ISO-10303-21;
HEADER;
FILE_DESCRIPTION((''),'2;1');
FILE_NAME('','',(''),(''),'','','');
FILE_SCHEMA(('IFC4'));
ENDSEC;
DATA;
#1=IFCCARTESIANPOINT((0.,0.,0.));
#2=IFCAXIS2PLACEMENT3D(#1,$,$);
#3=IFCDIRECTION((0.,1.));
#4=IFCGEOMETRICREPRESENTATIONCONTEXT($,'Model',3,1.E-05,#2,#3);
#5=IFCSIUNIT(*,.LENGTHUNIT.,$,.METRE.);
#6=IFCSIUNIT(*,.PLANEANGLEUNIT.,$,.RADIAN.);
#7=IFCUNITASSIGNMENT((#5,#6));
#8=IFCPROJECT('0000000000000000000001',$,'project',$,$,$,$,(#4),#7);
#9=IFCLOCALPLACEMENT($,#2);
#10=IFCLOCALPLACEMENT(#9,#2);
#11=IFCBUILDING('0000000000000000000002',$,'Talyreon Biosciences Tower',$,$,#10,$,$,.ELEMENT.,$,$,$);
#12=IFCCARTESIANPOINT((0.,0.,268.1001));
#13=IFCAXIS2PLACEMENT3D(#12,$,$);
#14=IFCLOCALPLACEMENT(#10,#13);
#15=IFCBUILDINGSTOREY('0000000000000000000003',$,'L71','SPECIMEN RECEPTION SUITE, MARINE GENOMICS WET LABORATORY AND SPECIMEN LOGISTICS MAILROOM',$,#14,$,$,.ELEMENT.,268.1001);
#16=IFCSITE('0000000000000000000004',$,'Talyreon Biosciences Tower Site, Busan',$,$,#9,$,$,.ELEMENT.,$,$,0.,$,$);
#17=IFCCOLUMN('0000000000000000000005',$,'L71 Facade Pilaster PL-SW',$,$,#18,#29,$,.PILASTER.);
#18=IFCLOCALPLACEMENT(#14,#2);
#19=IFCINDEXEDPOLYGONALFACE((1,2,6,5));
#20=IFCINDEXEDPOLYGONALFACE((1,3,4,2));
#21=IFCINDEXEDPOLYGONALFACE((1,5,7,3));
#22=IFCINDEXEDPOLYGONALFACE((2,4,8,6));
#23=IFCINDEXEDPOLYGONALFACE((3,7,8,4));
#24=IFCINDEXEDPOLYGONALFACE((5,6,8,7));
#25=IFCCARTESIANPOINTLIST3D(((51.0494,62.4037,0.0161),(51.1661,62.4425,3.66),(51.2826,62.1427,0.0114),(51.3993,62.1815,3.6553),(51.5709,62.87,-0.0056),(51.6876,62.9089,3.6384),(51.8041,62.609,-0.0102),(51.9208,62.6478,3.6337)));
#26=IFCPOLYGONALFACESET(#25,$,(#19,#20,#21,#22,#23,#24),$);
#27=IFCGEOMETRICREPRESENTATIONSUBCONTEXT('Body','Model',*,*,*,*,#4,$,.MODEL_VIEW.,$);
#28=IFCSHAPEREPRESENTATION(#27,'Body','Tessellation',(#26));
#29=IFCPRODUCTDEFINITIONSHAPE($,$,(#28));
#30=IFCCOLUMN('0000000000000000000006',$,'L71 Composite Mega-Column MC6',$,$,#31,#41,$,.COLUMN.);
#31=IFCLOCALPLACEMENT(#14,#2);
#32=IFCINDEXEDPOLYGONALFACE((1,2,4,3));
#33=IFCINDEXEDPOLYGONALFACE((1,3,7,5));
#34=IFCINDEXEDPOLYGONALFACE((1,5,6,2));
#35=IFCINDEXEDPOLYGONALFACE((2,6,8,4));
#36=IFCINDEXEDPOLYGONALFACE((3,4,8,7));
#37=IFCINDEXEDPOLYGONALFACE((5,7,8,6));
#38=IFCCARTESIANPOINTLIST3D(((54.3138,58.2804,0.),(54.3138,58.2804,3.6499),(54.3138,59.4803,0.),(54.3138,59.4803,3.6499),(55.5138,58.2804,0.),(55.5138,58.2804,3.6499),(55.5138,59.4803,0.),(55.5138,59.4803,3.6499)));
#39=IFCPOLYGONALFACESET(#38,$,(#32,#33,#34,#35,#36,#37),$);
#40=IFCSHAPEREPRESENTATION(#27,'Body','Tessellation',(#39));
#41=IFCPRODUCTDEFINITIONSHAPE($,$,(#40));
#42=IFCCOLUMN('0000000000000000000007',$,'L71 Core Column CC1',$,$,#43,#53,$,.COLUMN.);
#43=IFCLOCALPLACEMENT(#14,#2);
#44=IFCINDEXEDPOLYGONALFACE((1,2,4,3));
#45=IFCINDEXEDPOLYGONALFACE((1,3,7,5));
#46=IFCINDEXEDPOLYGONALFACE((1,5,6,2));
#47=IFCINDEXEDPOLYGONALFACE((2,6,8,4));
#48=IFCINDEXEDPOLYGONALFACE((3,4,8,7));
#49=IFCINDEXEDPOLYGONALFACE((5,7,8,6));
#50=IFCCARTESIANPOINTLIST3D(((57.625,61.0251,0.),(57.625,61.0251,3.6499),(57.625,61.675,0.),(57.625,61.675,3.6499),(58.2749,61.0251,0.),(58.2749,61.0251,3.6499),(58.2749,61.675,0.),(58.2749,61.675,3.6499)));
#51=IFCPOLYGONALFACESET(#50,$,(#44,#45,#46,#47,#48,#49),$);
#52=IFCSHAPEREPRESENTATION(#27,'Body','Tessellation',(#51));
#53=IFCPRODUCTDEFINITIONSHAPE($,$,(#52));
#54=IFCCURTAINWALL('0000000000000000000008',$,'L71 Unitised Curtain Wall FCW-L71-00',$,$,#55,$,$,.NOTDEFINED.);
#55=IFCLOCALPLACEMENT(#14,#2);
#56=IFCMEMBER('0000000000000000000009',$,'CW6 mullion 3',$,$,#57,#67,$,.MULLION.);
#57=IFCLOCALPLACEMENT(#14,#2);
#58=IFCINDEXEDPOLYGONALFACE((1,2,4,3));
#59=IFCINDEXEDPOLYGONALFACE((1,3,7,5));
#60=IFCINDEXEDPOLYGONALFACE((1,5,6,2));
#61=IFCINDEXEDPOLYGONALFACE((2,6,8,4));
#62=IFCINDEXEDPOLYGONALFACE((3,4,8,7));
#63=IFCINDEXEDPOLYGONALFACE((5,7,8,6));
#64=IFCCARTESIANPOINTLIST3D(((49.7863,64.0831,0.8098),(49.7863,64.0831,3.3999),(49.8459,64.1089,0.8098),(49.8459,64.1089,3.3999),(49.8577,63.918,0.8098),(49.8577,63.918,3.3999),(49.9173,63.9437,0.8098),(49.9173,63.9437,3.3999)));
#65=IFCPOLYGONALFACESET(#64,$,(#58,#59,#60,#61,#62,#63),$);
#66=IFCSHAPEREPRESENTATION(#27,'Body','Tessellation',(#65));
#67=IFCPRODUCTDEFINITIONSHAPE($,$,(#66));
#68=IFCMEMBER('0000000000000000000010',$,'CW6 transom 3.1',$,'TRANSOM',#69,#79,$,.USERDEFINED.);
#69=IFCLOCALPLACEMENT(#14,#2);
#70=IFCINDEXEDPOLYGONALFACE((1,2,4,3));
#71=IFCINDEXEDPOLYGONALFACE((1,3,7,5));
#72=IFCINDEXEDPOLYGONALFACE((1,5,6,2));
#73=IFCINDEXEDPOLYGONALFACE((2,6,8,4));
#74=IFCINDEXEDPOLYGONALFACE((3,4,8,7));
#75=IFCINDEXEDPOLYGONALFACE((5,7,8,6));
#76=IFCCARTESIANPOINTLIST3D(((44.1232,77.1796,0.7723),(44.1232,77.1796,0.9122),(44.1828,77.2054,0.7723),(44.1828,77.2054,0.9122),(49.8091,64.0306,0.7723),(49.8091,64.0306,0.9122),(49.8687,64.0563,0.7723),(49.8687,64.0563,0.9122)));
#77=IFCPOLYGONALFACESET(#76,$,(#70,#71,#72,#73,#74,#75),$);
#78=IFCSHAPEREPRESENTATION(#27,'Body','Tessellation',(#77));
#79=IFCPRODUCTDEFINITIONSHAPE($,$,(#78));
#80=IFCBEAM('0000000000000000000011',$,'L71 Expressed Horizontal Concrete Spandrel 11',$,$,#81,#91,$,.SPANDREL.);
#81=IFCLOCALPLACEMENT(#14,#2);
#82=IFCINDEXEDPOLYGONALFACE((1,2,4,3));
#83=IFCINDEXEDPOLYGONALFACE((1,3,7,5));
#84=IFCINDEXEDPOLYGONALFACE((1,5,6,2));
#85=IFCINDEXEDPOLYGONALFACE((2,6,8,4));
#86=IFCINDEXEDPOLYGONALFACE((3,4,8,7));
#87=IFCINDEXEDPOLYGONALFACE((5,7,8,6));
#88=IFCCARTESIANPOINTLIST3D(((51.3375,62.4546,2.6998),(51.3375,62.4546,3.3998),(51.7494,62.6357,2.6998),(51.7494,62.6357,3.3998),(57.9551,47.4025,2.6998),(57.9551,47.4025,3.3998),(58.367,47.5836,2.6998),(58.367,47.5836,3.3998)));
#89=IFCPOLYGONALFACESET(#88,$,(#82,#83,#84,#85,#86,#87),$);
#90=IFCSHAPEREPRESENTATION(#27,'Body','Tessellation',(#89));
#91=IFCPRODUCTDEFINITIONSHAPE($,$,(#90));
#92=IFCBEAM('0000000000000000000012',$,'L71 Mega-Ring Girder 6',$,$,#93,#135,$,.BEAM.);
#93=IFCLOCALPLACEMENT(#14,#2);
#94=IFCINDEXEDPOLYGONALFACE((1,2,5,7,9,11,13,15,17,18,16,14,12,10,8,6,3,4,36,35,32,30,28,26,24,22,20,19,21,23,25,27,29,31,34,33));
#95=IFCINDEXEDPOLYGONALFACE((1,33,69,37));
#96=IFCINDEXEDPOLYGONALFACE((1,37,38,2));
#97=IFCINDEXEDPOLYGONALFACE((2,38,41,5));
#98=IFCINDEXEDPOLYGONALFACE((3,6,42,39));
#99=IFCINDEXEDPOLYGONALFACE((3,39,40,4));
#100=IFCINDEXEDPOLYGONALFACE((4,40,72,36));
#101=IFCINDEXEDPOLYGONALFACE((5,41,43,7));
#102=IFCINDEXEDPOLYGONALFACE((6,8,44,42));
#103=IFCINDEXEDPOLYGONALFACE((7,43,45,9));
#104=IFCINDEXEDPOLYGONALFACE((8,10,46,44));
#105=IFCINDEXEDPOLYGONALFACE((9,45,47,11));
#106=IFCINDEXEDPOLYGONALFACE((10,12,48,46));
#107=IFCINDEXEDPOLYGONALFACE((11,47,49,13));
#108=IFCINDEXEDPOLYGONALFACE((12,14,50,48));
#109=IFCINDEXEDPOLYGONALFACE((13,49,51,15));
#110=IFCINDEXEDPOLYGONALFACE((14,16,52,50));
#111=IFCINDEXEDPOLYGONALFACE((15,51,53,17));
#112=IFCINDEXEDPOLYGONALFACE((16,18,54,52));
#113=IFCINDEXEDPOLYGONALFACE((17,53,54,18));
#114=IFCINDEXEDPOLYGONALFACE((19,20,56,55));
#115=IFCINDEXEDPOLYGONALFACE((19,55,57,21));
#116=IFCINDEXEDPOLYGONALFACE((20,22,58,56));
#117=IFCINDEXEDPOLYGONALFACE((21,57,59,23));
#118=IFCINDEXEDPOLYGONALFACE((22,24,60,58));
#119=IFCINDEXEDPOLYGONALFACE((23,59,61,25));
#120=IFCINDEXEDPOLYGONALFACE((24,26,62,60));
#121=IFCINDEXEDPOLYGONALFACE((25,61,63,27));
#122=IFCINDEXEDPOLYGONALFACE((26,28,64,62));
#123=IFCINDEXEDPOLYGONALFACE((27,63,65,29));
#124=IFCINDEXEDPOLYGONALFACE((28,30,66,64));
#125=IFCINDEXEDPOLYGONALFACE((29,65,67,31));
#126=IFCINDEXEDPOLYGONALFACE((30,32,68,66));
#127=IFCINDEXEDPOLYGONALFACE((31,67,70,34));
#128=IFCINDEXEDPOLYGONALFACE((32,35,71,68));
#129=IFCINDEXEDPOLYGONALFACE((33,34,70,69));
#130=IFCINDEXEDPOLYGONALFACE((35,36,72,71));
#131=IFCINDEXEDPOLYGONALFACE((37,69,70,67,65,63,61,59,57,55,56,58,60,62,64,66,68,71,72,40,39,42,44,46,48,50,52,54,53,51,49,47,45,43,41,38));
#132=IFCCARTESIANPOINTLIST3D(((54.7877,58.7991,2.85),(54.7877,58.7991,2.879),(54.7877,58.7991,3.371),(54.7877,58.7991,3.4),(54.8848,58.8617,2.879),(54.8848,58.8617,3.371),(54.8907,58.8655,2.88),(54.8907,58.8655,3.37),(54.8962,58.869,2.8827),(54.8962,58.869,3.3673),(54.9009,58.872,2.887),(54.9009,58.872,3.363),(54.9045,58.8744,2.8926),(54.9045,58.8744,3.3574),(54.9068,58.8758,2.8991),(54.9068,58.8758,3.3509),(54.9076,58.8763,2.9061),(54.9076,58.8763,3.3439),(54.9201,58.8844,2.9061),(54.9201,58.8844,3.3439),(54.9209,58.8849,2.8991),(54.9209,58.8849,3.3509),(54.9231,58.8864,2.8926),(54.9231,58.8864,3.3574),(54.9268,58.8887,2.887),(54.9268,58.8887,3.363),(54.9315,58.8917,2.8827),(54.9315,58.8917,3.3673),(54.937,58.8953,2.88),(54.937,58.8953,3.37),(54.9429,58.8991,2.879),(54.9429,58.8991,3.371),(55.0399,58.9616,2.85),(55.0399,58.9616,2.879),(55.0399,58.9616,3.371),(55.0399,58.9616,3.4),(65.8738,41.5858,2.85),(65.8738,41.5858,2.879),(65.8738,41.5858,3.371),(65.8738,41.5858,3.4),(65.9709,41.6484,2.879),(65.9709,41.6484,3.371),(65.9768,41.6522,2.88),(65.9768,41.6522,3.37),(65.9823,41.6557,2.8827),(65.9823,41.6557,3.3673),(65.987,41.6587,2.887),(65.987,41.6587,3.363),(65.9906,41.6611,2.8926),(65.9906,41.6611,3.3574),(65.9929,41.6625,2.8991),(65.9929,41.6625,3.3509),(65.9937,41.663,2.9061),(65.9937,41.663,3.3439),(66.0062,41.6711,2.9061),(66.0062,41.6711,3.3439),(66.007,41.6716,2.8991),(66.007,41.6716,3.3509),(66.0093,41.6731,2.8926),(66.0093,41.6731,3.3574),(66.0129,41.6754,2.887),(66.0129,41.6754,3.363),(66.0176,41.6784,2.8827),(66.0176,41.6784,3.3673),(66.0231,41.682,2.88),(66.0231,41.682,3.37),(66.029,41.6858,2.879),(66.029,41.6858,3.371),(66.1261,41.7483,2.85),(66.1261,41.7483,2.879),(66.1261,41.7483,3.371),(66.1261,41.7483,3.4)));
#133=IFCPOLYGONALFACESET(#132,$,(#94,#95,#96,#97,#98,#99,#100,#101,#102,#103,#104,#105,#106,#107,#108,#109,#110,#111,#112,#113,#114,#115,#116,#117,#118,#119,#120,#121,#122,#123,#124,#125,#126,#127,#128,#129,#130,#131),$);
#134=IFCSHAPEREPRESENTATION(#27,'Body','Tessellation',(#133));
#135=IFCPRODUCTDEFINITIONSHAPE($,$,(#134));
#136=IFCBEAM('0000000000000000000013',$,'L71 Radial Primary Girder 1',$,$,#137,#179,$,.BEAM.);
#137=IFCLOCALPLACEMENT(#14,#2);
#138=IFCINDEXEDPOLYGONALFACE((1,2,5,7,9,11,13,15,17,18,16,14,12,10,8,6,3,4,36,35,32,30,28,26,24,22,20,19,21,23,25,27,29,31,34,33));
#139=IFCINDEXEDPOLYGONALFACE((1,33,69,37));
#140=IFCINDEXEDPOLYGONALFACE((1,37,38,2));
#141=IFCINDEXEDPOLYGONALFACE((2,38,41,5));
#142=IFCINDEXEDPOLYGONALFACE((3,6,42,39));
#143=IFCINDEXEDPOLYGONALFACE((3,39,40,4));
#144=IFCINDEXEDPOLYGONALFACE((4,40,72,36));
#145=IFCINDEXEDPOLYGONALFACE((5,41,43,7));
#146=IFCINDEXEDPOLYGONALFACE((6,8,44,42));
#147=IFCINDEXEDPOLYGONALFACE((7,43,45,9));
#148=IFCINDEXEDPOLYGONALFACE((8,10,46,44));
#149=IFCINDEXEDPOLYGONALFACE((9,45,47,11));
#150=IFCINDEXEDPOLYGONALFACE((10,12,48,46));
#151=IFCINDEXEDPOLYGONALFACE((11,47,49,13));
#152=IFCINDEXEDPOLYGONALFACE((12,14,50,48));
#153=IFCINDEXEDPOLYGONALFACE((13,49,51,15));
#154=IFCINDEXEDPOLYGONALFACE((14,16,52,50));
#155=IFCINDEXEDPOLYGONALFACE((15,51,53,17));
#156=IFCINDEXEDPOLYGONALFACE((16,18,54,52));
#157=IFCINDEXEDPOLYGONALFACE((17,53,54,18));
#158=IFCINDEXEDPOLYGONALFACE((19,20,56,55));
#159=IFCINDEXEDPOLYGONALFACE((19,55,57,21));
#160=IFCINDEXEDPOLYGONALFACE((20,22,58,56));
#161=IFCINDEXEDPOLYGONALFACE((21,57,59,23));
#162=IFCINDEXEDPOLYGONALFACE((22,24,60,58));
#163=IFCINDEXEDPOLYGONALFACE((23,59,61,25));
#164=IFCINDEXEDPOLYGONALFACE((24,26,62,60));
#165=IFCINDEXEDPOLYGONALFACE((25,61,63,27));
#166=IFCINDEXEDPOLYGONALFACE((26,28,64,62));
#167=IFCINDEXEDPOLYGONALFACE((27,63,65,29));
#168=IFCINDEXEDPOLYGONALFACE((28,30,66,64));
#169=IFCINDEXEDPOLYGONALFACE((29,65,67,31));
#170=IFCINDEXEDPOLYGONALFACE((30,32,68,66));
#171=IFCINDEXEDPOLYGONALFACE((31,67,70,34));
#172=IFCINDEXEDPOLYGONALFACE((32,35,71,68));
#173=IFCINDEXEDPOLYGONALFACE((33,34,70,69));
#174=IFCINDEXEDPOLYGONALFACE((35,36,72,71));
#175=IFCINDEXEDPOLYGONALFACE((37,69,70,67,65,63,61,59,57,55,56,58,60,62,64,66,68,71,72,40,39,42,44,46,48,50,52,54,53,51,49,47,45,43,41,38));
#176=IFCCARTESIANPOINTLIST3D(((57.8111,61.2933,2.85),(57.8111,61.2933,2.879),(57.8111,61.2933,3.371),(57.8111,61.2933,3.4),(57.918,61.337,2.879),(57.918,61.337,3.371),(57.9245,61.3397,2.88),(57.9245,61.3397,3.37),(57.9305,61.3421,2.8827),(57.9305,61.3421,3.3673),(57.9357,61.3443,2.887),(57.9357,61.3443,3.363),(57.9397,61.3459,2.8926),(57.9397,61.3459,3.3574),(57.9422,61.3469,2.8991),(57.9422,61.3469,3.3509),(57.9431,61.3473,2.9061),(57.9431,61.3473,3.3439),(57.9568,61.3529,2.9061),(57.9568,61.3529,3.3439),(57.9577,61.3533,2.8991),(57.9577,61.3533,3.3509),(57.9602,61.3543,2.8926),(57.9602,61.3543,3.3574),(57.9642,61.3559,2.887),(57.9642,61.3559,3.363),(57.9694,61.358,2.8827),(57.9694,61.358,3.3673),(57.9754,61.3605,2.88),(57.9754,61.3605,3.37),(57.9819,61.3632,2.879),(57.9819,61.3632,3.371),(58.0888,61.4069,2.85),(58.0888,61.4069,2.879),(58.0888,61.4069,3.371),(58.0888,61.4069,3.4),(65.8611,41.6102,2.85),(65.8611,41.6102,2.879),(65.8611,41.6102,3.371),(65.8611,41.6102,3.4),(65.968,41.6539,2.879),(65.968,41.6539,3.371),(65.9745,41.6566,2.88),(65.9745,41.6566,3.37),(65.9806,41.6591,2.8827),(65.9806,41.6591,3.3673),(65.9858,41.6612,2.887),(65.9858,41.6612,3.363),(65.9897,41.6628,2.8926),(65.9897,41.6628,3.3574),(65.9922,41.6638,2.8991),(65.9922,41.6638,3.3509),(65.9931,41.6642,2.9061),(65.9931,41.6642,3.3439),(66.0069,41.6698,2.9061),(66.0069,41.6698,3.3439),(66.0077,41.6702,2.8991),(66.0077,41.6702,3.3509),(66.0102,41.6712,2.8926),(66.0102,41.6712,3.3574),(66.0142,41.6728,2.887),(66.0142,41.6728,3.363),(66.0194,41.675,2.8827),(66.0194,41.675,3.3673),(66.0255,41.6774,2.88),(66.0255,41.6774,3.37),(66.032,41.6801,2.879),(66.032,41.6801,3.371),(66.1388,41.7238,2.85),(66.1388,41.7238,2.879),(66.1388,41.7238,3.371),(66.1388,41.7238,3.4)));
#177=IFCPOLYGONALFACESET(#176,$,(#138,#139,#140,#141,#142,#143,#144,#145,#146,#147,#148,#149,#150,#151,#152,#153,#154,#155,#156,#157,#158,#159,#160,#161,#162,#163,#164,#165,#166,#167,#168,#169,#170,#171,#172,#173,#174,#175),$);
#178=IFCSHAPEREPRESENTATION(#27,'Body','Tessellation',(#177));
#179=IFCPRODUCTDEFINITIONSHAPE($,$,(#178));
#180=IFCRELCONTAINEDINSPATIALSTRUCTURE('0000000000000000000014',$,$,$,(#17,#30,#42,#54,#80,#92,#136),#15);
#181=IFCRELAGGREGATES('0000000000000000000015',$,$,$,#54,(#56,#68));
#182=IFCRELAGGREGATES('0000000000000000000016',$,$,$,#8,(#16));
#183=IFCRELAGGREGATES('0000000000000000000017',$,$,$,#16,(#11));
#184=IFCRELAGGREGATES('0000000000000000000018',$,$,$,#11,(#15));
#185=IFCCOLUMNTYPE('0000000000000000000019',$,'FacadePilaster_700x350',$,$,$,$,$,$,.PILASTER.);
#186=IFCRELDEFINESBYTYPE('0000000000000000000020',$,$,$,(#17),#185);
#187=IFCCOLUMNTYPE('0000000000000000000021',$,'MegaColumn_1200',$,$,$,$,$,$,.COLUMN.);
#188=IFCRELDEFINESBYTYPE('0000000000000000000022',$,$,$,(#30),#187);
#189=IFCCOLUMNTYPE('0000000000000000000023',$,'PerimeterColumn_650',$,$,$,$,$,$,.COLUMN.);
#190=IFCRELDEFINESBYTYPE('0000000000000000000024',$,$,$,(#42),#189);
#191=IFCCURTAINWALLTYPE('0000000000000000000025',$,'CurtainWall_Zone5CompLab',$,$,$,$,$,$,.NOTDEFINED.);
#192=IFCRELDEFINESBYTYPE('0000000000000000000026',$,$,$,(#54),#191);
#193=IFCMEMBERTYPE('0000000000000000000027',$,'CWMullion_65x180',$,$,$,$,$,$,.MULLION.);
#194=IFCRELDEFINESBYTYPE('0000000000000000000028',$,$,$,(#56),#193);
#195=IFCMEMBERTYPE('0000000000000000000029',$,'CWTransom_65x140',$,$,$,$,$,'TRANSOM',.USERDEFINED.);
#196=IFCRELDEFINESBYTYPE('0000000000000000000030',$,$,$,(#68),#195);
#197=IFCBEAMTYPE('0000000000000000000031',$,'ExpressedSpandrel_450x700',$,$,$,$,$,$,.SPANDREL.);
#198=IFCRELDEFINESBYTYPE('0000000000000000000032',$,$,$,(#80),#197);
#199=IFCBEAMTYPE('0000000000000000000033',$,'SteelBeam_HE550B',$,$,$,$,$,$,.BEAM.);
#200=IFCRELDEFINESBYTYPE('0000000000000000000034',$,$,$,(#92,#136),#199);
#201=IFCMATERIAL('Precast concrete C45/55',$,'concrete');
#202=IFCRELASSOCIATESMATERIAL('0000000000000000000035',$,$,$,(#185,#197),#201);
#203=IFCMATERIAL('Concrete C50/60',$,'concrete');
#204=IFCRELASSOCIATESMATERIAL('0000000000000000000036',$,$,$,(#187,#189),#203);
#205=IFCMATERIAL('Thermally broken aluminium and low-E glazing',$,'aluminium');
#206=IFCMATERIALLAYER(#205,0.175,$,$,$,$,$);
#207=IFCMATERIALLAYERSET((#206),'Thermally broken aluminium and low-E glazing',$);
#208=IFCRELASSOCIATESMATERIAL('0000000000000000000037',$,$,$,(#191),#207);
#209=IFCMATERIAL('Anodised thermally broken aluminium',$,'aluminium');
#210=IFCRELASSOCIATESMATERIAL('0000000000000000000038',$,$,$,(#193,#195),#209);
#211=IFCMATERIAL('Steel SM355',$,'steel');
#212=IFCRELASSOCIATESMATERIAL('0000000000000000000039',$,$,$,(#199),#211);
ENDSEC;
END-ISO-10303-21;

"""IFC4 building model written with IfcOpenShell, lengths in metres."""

from ifc_helpers import new_model, si_unit, direction, frame, origin, origin_2d, place, context, subcontext, project, spatial, rectangle, i_section, extrude, material, layer, layer_set, material_profile, profile_set, type_object, element, aggregate, save


model = new_model("IFC4")

# Units and contexts
model_context = context("Model", 3, precision=1e-05, world=origin(), true_north=direction((0.0, 1.0)))
body_context = subcontext(model_context, "Body", "Model", "MODEL_VIEW")
ifc_project = project(units=[si_unit("LENGTHUNIT", "METRE"), si_unit("PLANEANGLEUNIT", "RADIAN")], contexts=[model_context])

# Site, building, storey
site_placement = place(None, origin())
site = spatial("IfcSite", under=ifc_project, at=site_placement, Name="Talyreon Biosciences Tower Site, Busan", CompositionType="ELEMENT", RefElevation=0.0)
building_placement = place(site_placement, origin())
building = spatial("IfcBuilding", under=site, at=building_placement, Name="Talyreon Biosciences Tower", CompositionType="ELEMENT")
storey_placement = place(building_placement, frame((0.0, 0.0, 268.1001)))
storey = spatial("IfcBuildingStorey", under=building, at=storey_placement, Name="L71", Description="SPECIMEN RECEPTION SUITE, MARINE GENOMICS WET LABORATORY AND SPECIMEN LOGISTICS MAILROOM", CompositionType="ELEMENT", Elevation=268.1001)

# Columns
ifc_material_1 = material(Name="Precast concrete C45/55", Category="concrete")
ifc_material_profile_1 = material_profile(ifc_material_1, rectangle(XDim=0.7, YDim=0.3501, at=origin_2d()), Name="RC 700x350")
ifc_profile_set_1 = profile_set([ifc_material_profile_1], Name="Precast concrete C45/55")
column_type_1 = type_object("IfcColumnType", Name="FacadePilaster_700x350", PredefinedType="PILASTER", material=ifc_profile_set_1)
column_1_placement = place(storey_placement, frame((51.4268, 62.5063, 0.0029), z_axis=(0.032006, 0.010646, 0.999431), x_axis=(0.745097, 0.666237, -0.030959)))
element("IfcColumn", 1, at=column_1_placement, inside=storey, type_object=column_type_1, Name="L71 Facade Pilaster PL-SW", PredefinedType="PILASTER", context=body_context, shape_type="SweptSolid", body=[
    extrude(rectangle(XDim=0.7, YDim=0.3501, at=origin_2d()), origin(), (0.0, 0.0, 1.0), 3.646),
])
ifc_material_2 = material(Name="Concrete C50/60", Category="concrete")
ifc_material_profile_2 = material_profile(ifc_material_2, rectangle(XDim=1.2, YDim=1.2, at=origin_2d()), Name="RC 1200x1200")
ifc_profile_set_2 = profile_set([ifc_material_profile_2], Name="Concrete C50/60")
column_type_2 = type_object("IfcColumnType", Name="MegaColumn_1200", PredefinedType="COLUMN", material=ifc_profile_set_2)
column_2_placement = place(storey_placement, frame((54.9138, 58.8804, 0.0), z_axis=(0.0, 0.0, 1.0), x_axis=(1.0, 0.0, 0.0)))
element("IfcColumn", 2, at=column_2_placement, inside=storey, type_object=column_type_2, Name="L71 Composite Mega-Column MC6", PredefinedType="COLUMN", context=body_context, shape_type="SweptSolid", body=[
    extrude(rectangle(XDim=1.2, YDim=1.2, at=origin_2d()), origin(), (0.0, 0.0, 1.0), 3.6499),
])
ifc_material_profile_3 = material_profile(ifc_material_2, rectangle(XDim=0.6499, YDim=0.6499, at=origin_2d()), Name="RC 650x650")
ifc_profile_set_3 = profile_set([ifc_material_profile_3], Name="Concrete C50/60")
column_type_3 = type_object("IfcColumnType", Name="PerimeterColumn_650", PredefinedType="COLUMN", material=ifc_profile_set_3)
column_3_placement = place(storey_placement, frame((57.95, 61.3501, 0.0), z_axis=(0.0, 0.0, 1.0), x_axis=(1.0, 0.0, 0.0)))
element("IfcColumn", 3, at=column_3_placement, inside=storey, type_object=column_type_3, Name="L71 Core Column CC1", PredefinedType="COLUMN", context=body_context, shape_type="SweptSolid", body=[
    extrude(rectangle(XDim=0.6499, YDim=0.6499, at=origin_2d()), origin(), (0.0, 0.0, 1.0), 3.6499),
])

# Curtain wall, members
ifc_material_3 = material(Name="Thermally broken aluminium and low-E glazing", Category="aluminium")
ifc_layer_1 = layer(ifc_material_3, 0.175)
ifc_layer_set_1 = layer_set([ifc_layer_1], Name="Thermally broken aluminium and low-E glazing")
curtain_wall_type = type_object("IfcCurtainWallType", Name="CurtainWall_Zone5CompLab", PredefinedType="NOTDEFINED", material=ifc_layer_set_1)
curtain_wall_placement = place(storey_placement, origin())
curtain_wall = element("IfcCurtainWall", 4, at=curtain_wall_placement, inside=storey, type_object=curtain_wall_type, Name="L71 Unitised Curtain Wall FCW-L71-00", PredefinedType="NOTDEFINED")
ifc_material_4 = material(Name="Anodised thermally broken aluminium", Category="aluminium")
ifc_material_profile_4 = material_profile(ifc_material_4, rectangle(XDim=0.0649, YDim=0.1799, at=origin_2d()), Name="ALUM MULLION 65x180")
ifc_profile_set_4 = profile_set([ifc_material_profile_4], Name="Anodised thermally broken aluminium")
member_type_1 = type_object("IfcMemberType", Name="CWMullion_65x180", PredefinedType="MULLION", material=ifc_profile_set_4)
member_1_placement = place(storey_placement, frame((49.8518, 64.0134, 0.8098), z_axis=(0.0, 0.0, 1.0), x_axis=(-0.917868, -0.396887, 0.0)))
member_1 = element("IfcMember", 5, at=member_1_placement, type_object=member_type_1, Name="CW6 mullion 3", PredefinedType="MULLION", context=body_context, shape_type="SweptSolid", body=[
    extrude(rectangle(XDim=0.0649, YDim=0.1799, at=origin_2d()), origin(), (0.0, 0.0, 1.0), 2.5901),
])
ifc_material_profile_5 = material_profile(ifc_material_4, rectangle(XDim=0.0649, YDim=0.1399, at=origin_2d()), Name="ALUM TRANSOM 65x140")
ifc_profile_set_5 = profile_set([ifc_material_profile_5], Name="Anodised thermally broken aluminium")
member_type_2 = type_object("IfcMemberType", Name="CWTransom_65x140", ElementType="TRANSOM", PredefinedType="USERDEFINED", material=ifc_profile_set_5)
member_2_placement = place(storey_placement, frame((49.8389, 64.0435, 0.8423), z_axis=(-0.396898, 0.917863, 0.0), x_axis=(-0.917863, -0.396898, 0.0)))
member_2 = element("IfcMember", 6, at=member_2_placement, type_object=member_type_2, Name="CW6 transom 3.1", ObjectType="TRANSOM", PredefinedType="USERDEFINED", context=body_context, shape_type="SweptSolid", body=[
    extrude(rectangle(XDim=0.0649, YDim=0.1399, at=origin_2d()), origin(), (0.0, 0.0, 1.0), 14.3257),
])

# Beams
ifc_material_profile_6 = material_profile(ifc_material_1, rectangle(XDim=0.45, YDim=0.7, at=origin_2d()), Name="RCB 450x700")
ifc_profile_set_6 = profile_set([ifc_material_profile_6], Name="Precast concrete C45/55")
beam_type_1 = type_object("IfcBeamType", Name="ExpressedSpandrel_450x700", PredefinedType="SPANDREL", material=ifc_profile_set_6)
beam_1_placement = place(storey_placement, frame((51.5435, 62.5452, 3.0498), z_axis=(0.402468, -0.915434, 0.0), x_axis=(0.915434, 0.402468, 0.0)))
element("IfcBeam", 7, at=beam_1_placement, inside=storey, type_object=beam_type_1, Name="L71 Expressed Horizontal Concrete Spandrel 11", PredefinedType="SPANDREL", context=body_context, shape_type="SweptSolid", body=[
    extrude(rectangle(XDim=0.45, YDim=0.7, at=origin_2d()), origin(), (0.0, 0.0, 1.0), 16.4426),
])
ifc_material_5 = material(Name="Steel SM355", Category="steel")
ifc_material_profile_7 = material_profile(ifc_material_5, i_section(OverallWidth=0.3, OverallDepth=0.55, WebThickness=0.0149, FlangeThickness=0.0291, FilletRadius=0.0271, at=origin_2d()), Name="HE550B")
ifc_profile_set_7 = profile_set([ifc_material_profile_7], Name="Steel SM355")
beam_type_2 = type_object("IfcBeamType", Name="SteelBeam_HE550B", PredefinedType="BEAM", material=ifc_profile_set_7)
beam_2_placement = place(storey_placement, frame((54.9138, 58.8804, 3.125), z_axis=(0.541464, -0.840724, 0.0), x_axis=(0.840724, 0.541464, 0.0)))
element("IfcBeam", 8, at=beam_2_placement, inside=storey, type_object=beam_type_2, Name="L71 Mega-Ring Girder 6", PredefinedType="BEAM", context=body_context, shape_type="SweptSolid", body=[
    extrude(i_section(OverallWidth=0.3, OverallDepth=0.55, WebThickness=0.0149, FlangeThickness=0.0291, FilletRadius=0.0271, at=origin_2d()), origin(), (0.0, 0.0, 1.0), 20.4744),
])
beam_3_placement = place(storey_placement, frame((57.95, 61.3501, 3.125), z_axis=(0.378547, -0.925582, 0.0), x_axis=(0.925582, 0.378547, 0.0)))
element("IfcBeam", 9, at=beam_3_placement, inside=storey, type_object=beam_type_2, Name="L71 Radial Primary Girder 1", PredefinedType="BEAM", context=body_context, shape_type="SweptSolid", body=[
    extrude(i_section(OverallWidth=0.3, OverallDepth=0.55, WebThickness=0.0149, FlangeThickness=0.0291, FilletRadius=0.0271, at=origin_2d()), origin(), (0.0, 0.0, 1.0), 21.2656),
])

aggregate(curtain_wall, [member_1, member_2])

save(model, "model.ifc")
